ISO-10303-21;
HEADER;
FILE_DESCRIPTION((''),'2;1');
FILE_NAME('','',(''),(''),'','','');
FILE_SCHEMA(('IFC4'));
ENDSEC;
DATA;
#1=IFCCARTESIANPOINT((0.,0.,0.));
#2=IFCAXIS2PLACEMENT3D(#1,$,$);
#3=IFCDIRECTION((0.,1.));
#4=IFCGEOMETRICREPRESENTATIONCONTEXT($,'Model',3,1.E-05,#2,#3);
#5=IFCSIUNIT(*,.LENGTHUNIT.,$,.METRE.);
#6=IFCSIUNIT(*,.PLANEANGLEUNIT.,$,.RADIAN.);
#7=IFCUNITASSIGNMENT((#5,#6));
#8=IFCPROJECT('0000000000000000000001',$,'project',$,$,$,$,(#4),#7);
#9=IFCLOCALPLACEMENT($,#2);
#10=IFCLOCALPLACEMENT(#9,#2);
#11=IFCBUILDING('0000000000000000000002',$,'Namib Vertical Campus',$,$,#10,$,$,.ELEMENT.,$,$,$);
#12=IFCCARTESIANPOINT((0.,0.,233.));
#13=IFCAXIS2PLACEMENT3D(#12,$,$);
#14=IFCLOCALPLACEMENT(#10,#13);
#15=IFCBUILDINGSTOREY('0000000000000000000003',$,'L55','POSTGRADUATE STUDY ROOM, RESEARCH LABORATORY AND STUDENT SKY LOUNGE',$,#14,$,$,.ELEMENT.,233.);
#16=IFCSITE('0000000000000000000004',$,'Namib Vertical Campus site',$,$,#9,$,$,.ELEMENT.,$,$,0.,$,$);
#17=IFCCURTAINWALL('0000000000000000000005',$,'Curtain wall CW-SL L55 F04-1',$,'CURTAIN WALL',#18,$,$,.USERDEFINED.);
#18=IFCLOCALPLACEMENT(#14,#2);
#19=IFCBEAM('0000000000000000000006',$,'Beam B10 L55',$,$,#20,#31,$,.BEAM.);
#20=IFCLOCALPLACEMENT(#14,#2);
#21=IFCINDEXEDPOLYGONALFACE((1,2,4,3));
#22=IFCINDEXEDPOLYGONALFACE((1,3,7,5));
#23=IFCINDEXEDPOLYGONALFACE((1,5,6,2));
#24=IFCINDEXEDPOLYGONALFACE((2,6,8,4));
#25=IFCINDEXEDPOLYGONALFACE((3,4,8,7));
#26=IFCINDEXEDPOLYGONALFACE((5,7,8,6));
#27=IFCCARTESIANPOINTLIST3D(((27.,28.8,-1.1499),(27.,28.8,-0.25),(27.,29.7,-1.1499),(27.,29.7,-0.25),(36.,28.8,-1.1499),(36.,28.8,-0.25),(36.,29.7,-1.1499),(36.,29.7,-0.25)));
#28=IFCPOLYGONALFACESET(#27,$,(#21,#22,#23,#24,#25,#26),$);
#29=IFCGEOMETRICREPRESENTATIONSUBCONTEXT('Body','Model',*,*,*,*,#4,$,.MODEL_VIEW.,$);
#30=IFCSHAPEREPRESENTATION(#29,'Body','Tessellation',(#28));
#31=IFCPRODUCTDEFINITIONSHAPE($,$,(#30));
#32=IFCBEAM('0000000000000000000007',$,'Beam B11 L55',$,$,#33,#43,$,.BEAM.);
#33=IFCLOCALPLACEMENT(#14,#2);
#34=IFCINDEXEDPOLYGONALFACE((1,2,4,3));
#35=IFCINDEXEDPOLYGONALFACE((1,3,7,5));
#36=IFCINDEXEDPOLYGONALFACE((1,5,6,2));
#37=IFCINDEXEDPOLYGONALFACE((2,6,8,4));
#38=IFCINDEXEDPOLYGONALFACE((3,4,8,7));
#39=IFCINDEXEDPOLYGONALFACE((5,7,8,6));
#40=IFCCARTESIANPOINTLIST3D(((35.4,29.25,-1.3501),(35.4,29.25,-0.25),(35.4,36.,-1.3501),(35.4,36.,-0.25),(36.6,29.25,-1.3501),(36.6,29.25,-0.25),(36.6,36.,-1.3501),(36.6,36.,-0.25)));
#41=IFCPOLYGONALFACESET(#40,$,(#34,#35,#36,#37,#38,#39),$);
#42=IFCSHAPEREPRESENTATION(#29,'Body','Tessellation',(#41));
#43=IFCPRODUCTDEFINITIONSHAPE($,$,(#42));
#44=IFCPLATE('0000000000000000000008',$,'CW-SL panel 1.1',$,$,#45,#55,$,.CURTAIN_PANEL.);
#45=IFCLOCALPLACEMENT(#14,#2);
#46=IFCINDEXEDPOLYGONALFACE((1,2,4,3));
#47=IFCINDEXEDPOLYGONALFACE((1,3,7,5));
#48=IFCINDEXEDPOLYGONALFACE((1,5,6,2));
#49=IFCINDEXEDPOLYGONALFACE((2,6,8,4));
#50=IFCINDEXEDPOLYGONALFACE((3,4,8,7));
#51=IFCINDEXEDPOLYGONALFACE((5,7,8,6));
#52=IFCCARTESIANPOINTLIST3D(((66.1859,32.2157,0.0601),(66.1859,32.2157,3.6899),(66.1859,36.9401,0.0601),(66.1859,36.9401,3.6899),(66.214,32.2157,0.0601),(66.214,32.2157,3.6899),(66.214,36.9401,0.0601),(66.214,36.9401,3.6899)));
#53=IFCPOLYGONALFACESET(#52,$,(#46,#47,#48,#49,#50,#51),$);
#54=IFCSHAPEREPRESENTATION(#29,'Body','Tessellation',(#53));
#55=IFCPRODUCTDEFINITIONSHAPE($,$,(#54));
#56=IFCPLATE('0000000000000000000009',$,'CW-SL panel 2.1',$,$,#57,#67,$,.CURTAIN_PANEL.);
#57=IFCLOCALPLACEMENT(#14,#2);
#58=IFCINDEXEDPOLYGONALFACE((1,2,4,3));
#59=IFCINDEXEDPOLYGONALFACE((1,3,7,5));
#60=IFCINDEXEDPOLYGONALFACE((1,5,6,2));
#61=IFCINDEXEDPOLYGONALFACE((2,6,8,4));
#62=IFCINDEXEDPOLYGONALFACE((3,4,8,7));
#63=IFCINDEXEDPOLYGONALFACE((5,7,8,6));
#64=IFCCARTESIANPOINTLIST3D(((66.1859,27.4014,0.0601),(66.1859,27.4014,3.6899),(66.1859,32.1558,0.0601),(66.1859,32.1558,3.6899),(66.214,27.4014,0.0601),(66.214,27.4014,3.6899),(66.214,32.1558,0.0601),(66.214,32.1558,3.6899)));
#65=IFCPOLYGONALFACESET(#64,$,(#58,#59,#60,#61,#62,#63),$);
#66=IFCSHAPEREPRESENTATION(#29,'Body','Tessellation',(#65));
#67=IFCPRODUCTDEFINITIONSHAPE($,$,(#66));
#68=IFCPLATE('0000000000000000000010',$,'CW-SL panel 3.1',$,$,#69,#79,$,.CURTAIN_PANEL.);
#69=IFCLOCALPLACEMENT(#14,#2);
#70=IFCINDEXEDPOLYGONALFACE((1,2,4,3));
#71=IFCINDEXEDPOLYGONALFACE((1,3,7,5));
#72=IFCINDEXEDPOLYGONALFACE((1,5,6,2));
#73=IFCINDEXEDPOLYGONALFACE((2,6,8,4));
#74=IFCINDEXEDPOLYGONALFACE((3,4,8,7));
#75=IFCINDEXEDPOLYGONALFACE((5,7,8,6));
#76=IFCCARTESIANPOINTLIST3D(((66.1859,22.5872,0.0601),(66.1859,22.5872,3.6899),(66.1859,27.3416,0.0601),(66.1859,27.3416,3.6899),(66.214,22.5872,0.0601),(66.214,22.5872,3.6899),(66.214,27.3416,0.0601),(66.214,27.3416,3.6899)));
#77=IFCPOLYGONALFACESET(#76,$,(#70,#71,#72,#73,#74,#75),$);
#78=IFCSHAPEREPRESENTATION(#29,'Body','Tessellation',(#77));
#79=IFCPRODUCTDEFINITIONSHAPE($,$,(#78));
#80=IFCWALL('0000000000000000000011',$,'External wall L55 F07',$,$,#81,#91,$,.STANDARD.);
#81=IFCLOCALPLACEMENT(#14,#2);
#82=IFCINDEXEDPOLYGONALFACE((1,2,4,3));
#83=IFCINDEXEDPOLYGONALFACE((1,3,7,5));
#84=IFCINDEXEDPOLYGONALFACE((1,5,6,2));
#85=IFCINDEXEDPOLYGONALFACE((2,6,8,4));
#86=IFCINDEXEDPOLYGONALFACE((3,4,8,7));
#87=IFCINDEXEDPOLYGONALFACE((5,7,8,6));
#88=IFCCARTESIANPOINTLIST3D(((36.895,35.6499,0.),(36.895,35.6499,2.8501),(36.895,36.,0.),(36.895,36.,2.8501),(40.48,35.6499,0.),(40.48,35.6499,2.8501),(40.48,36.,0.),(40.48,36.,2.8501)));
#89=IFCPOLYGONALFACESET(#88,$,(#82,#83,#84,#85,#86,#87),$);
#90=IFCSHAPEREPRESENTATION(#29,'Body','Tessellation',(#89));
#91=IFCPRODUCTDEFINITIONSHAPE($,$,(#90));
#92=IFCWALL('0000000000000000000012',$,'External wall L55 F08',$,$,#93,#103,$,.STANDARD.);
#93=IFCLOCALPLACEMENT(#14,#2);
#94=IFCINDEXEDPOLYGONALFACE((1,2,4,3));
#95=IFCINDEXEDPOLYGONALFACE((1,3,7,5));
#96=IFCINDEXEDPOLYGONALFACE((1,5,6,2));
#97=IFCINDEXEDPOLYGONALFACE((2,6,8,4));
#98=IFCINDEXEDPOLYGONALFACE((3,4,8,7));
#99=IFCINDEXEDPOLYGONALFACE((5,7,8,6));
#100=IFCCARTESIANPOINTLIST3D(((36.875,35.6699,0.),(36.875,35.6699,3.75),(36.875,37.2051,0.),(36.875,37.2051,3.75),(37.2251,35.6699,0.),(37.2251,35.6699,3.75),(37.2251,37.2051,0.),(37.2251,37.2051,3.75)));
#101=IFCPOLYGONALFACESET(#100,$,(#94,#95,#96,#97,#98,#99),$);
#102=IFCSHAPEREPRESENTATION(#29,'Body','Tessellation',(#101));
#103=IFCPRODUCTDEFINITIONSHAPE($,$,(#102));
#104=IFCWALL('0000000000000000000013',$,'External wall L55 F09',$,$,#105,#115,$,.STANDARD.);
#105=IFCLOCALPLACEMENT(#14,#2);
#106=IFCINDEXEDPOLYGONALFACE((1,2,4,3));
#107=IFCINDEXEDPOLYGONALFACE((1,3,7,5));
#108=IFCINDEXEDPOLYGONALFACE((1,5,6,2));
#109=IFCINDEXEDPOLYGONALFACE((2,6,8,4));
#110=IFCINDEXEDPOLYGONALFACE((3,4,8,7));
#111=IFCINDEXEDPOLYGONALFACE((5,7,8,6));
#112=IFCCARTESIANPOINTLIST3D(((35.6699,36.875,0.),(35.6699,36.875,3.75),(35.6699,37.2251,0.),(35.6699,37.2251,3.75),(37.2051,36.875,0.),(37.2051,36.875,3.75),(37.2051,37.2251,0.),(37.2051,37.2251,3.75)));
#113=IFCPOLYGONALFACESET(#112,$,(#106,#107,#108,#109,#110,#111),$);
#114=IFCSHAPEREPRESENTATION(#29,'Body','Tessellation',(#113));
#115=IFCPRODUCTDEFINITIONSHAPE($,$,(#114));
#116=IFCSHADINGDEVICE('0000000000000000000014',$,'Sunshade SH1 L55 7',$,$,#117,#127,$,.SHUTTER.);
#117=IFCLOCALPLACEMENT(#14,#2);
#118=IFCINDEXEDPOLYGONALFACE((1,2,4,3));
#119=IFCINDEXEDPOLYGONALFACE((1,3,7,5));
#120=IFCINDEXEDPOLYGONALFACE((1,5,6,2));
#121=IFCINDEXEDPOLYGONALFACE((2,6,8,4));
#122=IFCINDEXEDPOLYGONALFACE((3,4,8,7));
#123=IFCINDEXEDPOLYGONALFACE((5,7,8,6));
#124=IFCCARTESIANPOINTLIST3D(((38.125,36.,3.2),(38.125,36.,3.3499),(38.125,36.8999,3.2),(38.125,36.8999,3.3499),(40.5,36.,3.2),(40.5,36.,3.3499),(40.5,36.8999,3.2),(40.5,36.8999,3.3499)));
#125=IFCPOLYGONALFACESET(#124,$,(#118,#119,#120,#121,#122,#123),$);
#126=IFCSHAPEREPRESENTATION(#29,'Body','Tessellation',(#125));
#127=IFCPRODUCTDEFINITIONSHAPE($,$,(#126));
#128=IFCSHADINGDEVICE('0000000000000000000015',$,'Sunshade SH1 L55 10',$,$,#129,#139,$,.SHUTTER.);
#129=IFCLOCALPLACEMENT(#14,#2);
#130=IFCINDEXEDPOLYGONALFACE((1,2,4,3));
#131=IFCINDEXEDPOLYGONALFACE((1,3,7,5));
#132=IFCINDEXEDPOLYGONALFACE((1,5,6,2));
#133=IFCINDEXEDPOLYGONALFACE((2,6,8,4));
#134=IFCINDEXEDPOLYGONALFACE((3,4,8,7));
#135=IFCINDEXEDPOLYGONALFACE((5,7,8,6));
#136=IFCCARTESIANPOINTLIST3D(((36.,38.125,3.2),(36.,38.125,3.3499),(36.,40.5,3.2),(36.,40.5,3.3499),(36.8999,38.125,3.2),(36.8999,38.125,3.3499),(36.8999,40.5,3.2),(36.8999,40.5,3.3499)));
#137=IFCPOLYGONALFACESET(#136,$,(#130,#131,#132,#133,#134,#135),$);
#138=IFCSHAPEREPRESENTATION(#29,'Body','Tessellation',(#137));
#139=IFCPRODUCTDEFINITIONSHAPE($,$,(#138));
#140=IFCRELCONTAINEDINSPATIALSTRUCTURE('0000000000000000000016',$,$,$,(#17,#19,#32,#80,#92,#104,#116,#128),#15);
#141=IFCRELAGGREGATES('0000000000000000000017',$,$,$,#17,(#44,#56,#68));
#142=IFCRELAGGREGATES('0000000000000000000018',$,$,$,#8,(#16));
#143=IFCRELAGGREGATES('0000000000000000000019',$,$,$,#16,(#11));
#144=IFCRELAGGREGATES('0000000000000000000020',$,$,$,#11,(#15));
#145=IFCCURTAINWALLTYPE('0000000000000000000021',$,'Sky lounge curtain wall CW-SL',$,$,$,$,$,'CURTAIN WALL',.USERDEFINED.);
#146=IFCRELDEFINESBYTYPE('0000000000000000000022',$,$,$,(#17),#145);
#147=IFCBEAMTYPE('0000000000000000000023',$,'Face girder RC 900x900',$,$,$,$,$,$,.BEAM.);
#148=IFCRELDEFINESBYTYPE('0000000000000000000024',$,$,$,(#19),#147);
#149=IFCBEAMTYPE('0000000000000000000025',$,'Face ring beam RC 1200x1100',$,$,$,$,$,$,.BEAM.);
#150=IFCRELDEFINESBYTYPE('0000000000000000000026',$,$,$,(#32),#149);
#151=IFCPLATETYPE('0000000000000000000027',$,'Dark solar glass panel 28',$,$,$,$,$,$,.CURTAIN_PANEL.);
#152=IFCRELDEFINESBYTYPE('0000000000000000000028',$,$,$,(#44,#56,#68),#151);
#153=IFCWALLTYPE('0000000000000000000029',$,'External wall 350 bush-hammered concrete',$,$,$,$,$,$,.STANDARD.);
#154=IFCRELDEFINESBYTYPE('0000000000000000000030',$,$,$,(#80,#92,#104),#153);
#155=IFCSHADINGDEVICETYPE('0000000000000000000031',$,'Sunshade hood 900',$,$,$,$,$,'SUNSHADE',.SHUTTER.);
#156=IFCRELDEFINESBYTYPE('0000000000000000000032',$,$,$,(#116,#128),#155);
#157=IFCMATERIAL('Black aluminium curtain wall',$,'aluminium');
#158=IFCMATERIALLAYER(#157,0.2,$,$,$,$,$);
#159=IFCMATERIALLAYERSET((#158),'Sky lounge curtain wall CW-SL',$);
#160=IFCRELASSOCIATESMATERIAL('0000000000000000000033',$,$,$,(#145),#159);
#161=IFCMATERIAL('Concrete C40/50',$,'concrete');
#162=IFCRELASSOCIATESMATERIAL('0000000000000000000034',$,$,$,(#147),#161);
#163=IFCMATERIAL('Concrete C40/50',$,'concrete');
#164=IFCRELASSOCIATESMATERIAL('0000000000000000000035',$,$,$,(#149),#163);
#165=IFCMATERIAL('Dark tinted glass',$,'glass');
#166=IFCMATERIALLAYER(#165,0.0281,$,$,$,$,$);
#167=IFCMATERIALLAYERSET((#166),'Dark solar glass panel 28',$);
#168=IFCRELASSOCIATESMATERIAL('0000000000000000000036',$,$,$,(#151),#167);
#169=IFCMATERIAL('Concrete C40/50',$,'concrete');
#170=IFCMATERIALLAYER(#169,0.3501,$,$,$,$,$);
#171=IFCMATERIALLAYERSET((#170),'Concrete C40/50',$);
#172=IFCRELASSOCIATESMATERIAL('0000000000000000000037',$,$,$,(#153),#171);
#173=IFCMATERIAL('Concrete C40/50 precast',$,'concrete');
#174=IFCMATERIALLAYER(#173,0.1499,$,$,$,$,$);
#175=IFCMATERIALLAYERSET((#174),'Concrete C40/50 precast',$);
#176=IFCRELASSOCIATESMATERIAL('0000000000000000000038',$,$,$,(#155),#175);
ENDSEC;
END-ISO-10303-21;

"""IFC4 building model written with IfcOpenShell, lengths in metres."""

from ifc_helpers import new_model, si_unit, direction, frame, frame_2d, origin, origin_2d, place, context, subcontext, project, spatial, rectangle, extrude, material, layer, layer_set, material_profile, profile_set, type_object, element, aggregate, save


model = new_model("IFC4")

# Units and contexts
model_context = context("Model", 3, precision=1e-05, world=origin(), true_north=direction((0.0, 1.0)))
body_context = subcontext(model_context, "Body", "Model", "MODEL_VIEW")
ifc_project = project(units=[si_unit("LENGTHUNIT", "METRE"), si_unit("PLANEANGLEUNIT", "RADIAN")], contexts=[model_context])

# Site, building, storey
site_placement = place(None, origin())
site = spatial("IfcSite", under=ifc_project, at=site_placement, Name="Namib Vertical Campus site", CompositionType="ELEMENT", RefElevation=0.0)
building_placement = place(site_placement, origin())
building = spatial("IfcBuilding", under=site, at=building_placement, Name="Namib Vertical Campus", CompositionType="ELEMENT")
storey_placement = place(building_placement, frame((0.0, 0.0, 233.0)))
storey = spatial("IfcBuildingStorey", under=building, at=storey_placement, Name="L55", Description="POSTGRADUATE STUDY ROOM, RESEARCH LABORATORY AND STUDENT SKY LOUNGE", CompositionType="ELEMENT", Elevation=233.0)

# Shared definitions
ifc_material_1 = material(Name="Black aluminium curtain wall", Category="aluminium")
ifc_layer_1 = layer(ifc_material_1, 0.2)
ifc_layer_set_1 = layer_set([ifc_layer_1], Name="Sky lounge curtain wall CW-SL")
curtain_wall_type = type_object("IfcCurtainWallType", Name="Sky lounge curtain wall CW-SL", ElementType="CURTAIN WALL", PredefinedType="USERDEFINED", material=ifc_layer_set_1)

# Curtain wall
curtain_wall_1_placement = place(storey_placement, origin())
curtain_wall_1 = element("IfcCurtainWall", 1, at=curtain_wall_1_placement, inside=storey, type_object=curtain_wall_type, Name="Curtain wall CW-SL L55 F04-1", ObjectType="CURTAIN WALL", PredefinedType="USERDEFINED")

# Beams
ifc_material_2 = material(Name="Concrete C40/50", Category="concrete")
ifc_material_profile_1 = material_profile(ifc_material_2, rectangle(XDim=0.8999, YDim=0.8999, at=origin_2d()))
ifc_profile_set_1 = profile_set([ifc_material_profile_1], Name="Concrete C40/50")
beam_type_1 = type_object("IfcBeamType", Name="Face girder RC 900x900", PredefinedType="BEAM", material=ifc_profile_set_1)
beam_1_placement = place(storey_placement, frame((36.0, 29.25, -0.7), z_axis=(-1.0, 0.0, 0.0), x_axis=(0.0, -1.0, 0.0)))
element("IfcBeam", 2, at=beam_1_placement, inside=storey, type_object=beam_type_1, Name="Beam B10 L55", PredefinedType="BEAM", context=body_context, shape_type="SweptSolid", body=[
    extrude(rectangle(XDim=0.8999, YDim=0.8999, at=origin_2d()), origin(), (0.0, 0.0, 1.0), 9.0),
])
ifc_material_3 = material(Name="Concrete C40/50", Category="concrete")
ifc_material_profile_2 = material_profile(ifc_material_3, rectangle(XDim=1.2, YDim=1.1001, at=origin_2d()))
ifc_profile_set_2 = profile_set([ifc_material_profile_2], Name="Concrete C40/50")
beam_type_2 = type_object("IfcBeamType", Name="Face ring beam RC 1200x1100", PredefinedType="BEAM", material=ifc_profile_set_2)
beam_2_placement = place(storey_placement, frame((36.0, 29.25, -0.8), z_axis=(0.0, 1.0, 0.0), x_axis=(-1.0, 0.0, 0.0)))
element("IfcBeam", 3, at=beam_2_placement, inside=storey, type_object=beam_type_2, Name="Beam B11 L55", PredefinedType="BEAM", context=body_context, shape_type="SweptSolid", body=[
    extrude(rectangle(XDim=1.2, YDim=1.1001, at=origin_2d()), origin(), (0.0, 0.0, 1.0), 6.75),
])

# Plates
ifc_material_4 = material(Name="Dark tinted glass", Category="glass")
ifc_layer_2 = layer(ifc_material_4, 0.0281)
ifc_layer_set_2 = layer_set([ifc_layer_2], Name="Dark solar glass panel 28")
plate_type = type_object("IfcPlateType", Name="Dark solar glass panel 28", PredefinedType="CURTAIN_PANEL", material=ifc_layer_set_2)
plate_1_placement = place(storey_placement, frame((66.2, 34.5779, 0.0601), z_axis=(0.0, 0.0, 1.0), x_axis=(0.0, -1.0, 0.0)))
plate_1 = element("IfcPlate", 4, at=plate_1_placement, type_object=plate_type, Name="CW-SL panel 1.1", PredefinedType="CURTAIN_PANEL", context=body_context, shape_type="SweptSolid", body=[
    extrude(rectangle(XDim=4.7244, YDim=0.0281, at=origin_2d()), origin(), (0.0, 0.0, 1.0), 3.6299),
])
plate_2_placement = place(storey_placement, frame((66.2, 29.7786, 0.0601), z_axis=(0.0, 0.0, 1.0), x_axis=(0.0, -1.0, 0.0)))
plate_2 = element("IfcPlate", 5, at=plate_2_placement, type_object=plate_type, Name="CW-SL panel 2.1", PredefinedType="CURTAIN_PANEL", context=body_context, shape_type="SweptSolid", body=[
    extrude(rectangle(XDim=4.7544, YDim=0.0281, at=origin_2d()), origin(), (0.0, 0.0, 1.0), 3.6299),
])
plate_3_placement = place(storey_placement, frame((66.2, 24.9644, 0.0601), z_axis=(0.0, 0.0, 1.0), x_axis=(0.0, -1.0, 0.0)))
plate_3 = element("IfcPlate", 6, at=plate_3_placement, type_object=plate_type, Name="CW-SL panel 3.1", PredefinedType="CURTAIN_PANEL", context=body_context, shape_type="SweptSolid", body=[
    extrude(rectangle(XDim=4.7544, YDim=0.0281, at=origin_2d()), origin(), (0.0, 0.0, 1.0), 3.6299),
])
aggregate(curtain_wall_1, [plate_1, plate_2, plate_3])

# Walls
ifc_material_5 = material(Name="Concrete C40/50", Category="concrete")
ifc_layer_3 = layer(ifc_material_5, 0.3501)
ifc_layer_set_3 = layer_set([ifc_layer_3], Name="Concrete C40/50")
wall_type = type_object("IfcWallType", Name="External wall 350 bush-hammered concrete", PredefinedType="STANDARD", material=ifc_layer_set_3)
wall_placement = place(storey_placement, frame((40.48, 35.825, 0.0), z_axis=(0.0, 0.0, 1.0), x_axis=(-1.0, 0.0, 0.0)))
element("IfcWall", 7, at=wall_placement, inside=storey, type_object=wall_type, Name="External wall L55 F07", PredefinedType="STANDARD", context=body_context, shape_type="SweptSolid", body=[
    extrude(rectangle(XDim=3.585, YDim=0.3501, at=frame_2d((1.7925, 0.0))), origin(), (0.0, 0.0, 1.0), 2.8501),
])
for number, where, z_axis, x_axis, name in (
    (8, (37.05, 35.6699, 0.0), (0.0, 0.0, 1.0), (0.0, 1.0, 0.0), "External wall L55 F08"),
    (9, (37.2051, 37.05, 0.0), (0.0, 0.0, 1.0), (-1.0, 0.0, 0.0), "External wall L55 F09"),
):
    element("IfcWall", number, at=place(storey_placement, frame(where, z_axis=z_axis, x_axis=x_axis)), inside=storey, type_object=wall_type, Name=name, PredefinedType="STANDARD", context=body_context, shape_type="SweptSolid", body=[
        extrude(rectangle(XDim=1.5352, YDim=0.3501, at=frame_2d((0.7676, 0.0))), origin(), (0.0, 0.0, 1.0), 3.75),
    ])

# Shading devices
ifc_material_6 = material(Name="Concrete C40/50 precast", Category="concrete")
ifc_layer_4 = layer(ifc_material_6, 0.1499)
ifc_layer_set_4 = layer_set([ifc_layer_4], Name="Concrete C40/50 precast")
shading_device_type = type_object("IfcShadingDeviceType", Name="Sunshade hood 900", ElementType="SUNSHADE", PredefinedType="SHUTTER", material=ifc_layer_set_4)
for number, where, z_axis, x_axis, name in (
    (10, (39.3125, 36.45, 3.2), (0.0, 0.0, 1.0), (-1.0, 0.0, 0.0), "Sunshade SH1 L55 7"),
    (11, (36.45, 39.3125, 3.2), (0.0, 0.0, 1.0), (0.0, 1.0, 0.0), "Sunshade SH1 L55 10"),
):
    element("IfcShadingDevice", number, at=place(storey_placement, frame(where, z_axis=z_axis, x_axis=x_axis)), inside=storey, type_object=shading_device_type, Name=name, PredefinedType="SHUTTER", context=body_context, shape_type="SweptSolid", body=[
        extrude(rectangle(XDim=2.375, YDim=0.8999, at=origin_2d()), origin(), (0.0, 0.0, 1.0), 0.1499),
    ])

save(model, "model.ifc")
